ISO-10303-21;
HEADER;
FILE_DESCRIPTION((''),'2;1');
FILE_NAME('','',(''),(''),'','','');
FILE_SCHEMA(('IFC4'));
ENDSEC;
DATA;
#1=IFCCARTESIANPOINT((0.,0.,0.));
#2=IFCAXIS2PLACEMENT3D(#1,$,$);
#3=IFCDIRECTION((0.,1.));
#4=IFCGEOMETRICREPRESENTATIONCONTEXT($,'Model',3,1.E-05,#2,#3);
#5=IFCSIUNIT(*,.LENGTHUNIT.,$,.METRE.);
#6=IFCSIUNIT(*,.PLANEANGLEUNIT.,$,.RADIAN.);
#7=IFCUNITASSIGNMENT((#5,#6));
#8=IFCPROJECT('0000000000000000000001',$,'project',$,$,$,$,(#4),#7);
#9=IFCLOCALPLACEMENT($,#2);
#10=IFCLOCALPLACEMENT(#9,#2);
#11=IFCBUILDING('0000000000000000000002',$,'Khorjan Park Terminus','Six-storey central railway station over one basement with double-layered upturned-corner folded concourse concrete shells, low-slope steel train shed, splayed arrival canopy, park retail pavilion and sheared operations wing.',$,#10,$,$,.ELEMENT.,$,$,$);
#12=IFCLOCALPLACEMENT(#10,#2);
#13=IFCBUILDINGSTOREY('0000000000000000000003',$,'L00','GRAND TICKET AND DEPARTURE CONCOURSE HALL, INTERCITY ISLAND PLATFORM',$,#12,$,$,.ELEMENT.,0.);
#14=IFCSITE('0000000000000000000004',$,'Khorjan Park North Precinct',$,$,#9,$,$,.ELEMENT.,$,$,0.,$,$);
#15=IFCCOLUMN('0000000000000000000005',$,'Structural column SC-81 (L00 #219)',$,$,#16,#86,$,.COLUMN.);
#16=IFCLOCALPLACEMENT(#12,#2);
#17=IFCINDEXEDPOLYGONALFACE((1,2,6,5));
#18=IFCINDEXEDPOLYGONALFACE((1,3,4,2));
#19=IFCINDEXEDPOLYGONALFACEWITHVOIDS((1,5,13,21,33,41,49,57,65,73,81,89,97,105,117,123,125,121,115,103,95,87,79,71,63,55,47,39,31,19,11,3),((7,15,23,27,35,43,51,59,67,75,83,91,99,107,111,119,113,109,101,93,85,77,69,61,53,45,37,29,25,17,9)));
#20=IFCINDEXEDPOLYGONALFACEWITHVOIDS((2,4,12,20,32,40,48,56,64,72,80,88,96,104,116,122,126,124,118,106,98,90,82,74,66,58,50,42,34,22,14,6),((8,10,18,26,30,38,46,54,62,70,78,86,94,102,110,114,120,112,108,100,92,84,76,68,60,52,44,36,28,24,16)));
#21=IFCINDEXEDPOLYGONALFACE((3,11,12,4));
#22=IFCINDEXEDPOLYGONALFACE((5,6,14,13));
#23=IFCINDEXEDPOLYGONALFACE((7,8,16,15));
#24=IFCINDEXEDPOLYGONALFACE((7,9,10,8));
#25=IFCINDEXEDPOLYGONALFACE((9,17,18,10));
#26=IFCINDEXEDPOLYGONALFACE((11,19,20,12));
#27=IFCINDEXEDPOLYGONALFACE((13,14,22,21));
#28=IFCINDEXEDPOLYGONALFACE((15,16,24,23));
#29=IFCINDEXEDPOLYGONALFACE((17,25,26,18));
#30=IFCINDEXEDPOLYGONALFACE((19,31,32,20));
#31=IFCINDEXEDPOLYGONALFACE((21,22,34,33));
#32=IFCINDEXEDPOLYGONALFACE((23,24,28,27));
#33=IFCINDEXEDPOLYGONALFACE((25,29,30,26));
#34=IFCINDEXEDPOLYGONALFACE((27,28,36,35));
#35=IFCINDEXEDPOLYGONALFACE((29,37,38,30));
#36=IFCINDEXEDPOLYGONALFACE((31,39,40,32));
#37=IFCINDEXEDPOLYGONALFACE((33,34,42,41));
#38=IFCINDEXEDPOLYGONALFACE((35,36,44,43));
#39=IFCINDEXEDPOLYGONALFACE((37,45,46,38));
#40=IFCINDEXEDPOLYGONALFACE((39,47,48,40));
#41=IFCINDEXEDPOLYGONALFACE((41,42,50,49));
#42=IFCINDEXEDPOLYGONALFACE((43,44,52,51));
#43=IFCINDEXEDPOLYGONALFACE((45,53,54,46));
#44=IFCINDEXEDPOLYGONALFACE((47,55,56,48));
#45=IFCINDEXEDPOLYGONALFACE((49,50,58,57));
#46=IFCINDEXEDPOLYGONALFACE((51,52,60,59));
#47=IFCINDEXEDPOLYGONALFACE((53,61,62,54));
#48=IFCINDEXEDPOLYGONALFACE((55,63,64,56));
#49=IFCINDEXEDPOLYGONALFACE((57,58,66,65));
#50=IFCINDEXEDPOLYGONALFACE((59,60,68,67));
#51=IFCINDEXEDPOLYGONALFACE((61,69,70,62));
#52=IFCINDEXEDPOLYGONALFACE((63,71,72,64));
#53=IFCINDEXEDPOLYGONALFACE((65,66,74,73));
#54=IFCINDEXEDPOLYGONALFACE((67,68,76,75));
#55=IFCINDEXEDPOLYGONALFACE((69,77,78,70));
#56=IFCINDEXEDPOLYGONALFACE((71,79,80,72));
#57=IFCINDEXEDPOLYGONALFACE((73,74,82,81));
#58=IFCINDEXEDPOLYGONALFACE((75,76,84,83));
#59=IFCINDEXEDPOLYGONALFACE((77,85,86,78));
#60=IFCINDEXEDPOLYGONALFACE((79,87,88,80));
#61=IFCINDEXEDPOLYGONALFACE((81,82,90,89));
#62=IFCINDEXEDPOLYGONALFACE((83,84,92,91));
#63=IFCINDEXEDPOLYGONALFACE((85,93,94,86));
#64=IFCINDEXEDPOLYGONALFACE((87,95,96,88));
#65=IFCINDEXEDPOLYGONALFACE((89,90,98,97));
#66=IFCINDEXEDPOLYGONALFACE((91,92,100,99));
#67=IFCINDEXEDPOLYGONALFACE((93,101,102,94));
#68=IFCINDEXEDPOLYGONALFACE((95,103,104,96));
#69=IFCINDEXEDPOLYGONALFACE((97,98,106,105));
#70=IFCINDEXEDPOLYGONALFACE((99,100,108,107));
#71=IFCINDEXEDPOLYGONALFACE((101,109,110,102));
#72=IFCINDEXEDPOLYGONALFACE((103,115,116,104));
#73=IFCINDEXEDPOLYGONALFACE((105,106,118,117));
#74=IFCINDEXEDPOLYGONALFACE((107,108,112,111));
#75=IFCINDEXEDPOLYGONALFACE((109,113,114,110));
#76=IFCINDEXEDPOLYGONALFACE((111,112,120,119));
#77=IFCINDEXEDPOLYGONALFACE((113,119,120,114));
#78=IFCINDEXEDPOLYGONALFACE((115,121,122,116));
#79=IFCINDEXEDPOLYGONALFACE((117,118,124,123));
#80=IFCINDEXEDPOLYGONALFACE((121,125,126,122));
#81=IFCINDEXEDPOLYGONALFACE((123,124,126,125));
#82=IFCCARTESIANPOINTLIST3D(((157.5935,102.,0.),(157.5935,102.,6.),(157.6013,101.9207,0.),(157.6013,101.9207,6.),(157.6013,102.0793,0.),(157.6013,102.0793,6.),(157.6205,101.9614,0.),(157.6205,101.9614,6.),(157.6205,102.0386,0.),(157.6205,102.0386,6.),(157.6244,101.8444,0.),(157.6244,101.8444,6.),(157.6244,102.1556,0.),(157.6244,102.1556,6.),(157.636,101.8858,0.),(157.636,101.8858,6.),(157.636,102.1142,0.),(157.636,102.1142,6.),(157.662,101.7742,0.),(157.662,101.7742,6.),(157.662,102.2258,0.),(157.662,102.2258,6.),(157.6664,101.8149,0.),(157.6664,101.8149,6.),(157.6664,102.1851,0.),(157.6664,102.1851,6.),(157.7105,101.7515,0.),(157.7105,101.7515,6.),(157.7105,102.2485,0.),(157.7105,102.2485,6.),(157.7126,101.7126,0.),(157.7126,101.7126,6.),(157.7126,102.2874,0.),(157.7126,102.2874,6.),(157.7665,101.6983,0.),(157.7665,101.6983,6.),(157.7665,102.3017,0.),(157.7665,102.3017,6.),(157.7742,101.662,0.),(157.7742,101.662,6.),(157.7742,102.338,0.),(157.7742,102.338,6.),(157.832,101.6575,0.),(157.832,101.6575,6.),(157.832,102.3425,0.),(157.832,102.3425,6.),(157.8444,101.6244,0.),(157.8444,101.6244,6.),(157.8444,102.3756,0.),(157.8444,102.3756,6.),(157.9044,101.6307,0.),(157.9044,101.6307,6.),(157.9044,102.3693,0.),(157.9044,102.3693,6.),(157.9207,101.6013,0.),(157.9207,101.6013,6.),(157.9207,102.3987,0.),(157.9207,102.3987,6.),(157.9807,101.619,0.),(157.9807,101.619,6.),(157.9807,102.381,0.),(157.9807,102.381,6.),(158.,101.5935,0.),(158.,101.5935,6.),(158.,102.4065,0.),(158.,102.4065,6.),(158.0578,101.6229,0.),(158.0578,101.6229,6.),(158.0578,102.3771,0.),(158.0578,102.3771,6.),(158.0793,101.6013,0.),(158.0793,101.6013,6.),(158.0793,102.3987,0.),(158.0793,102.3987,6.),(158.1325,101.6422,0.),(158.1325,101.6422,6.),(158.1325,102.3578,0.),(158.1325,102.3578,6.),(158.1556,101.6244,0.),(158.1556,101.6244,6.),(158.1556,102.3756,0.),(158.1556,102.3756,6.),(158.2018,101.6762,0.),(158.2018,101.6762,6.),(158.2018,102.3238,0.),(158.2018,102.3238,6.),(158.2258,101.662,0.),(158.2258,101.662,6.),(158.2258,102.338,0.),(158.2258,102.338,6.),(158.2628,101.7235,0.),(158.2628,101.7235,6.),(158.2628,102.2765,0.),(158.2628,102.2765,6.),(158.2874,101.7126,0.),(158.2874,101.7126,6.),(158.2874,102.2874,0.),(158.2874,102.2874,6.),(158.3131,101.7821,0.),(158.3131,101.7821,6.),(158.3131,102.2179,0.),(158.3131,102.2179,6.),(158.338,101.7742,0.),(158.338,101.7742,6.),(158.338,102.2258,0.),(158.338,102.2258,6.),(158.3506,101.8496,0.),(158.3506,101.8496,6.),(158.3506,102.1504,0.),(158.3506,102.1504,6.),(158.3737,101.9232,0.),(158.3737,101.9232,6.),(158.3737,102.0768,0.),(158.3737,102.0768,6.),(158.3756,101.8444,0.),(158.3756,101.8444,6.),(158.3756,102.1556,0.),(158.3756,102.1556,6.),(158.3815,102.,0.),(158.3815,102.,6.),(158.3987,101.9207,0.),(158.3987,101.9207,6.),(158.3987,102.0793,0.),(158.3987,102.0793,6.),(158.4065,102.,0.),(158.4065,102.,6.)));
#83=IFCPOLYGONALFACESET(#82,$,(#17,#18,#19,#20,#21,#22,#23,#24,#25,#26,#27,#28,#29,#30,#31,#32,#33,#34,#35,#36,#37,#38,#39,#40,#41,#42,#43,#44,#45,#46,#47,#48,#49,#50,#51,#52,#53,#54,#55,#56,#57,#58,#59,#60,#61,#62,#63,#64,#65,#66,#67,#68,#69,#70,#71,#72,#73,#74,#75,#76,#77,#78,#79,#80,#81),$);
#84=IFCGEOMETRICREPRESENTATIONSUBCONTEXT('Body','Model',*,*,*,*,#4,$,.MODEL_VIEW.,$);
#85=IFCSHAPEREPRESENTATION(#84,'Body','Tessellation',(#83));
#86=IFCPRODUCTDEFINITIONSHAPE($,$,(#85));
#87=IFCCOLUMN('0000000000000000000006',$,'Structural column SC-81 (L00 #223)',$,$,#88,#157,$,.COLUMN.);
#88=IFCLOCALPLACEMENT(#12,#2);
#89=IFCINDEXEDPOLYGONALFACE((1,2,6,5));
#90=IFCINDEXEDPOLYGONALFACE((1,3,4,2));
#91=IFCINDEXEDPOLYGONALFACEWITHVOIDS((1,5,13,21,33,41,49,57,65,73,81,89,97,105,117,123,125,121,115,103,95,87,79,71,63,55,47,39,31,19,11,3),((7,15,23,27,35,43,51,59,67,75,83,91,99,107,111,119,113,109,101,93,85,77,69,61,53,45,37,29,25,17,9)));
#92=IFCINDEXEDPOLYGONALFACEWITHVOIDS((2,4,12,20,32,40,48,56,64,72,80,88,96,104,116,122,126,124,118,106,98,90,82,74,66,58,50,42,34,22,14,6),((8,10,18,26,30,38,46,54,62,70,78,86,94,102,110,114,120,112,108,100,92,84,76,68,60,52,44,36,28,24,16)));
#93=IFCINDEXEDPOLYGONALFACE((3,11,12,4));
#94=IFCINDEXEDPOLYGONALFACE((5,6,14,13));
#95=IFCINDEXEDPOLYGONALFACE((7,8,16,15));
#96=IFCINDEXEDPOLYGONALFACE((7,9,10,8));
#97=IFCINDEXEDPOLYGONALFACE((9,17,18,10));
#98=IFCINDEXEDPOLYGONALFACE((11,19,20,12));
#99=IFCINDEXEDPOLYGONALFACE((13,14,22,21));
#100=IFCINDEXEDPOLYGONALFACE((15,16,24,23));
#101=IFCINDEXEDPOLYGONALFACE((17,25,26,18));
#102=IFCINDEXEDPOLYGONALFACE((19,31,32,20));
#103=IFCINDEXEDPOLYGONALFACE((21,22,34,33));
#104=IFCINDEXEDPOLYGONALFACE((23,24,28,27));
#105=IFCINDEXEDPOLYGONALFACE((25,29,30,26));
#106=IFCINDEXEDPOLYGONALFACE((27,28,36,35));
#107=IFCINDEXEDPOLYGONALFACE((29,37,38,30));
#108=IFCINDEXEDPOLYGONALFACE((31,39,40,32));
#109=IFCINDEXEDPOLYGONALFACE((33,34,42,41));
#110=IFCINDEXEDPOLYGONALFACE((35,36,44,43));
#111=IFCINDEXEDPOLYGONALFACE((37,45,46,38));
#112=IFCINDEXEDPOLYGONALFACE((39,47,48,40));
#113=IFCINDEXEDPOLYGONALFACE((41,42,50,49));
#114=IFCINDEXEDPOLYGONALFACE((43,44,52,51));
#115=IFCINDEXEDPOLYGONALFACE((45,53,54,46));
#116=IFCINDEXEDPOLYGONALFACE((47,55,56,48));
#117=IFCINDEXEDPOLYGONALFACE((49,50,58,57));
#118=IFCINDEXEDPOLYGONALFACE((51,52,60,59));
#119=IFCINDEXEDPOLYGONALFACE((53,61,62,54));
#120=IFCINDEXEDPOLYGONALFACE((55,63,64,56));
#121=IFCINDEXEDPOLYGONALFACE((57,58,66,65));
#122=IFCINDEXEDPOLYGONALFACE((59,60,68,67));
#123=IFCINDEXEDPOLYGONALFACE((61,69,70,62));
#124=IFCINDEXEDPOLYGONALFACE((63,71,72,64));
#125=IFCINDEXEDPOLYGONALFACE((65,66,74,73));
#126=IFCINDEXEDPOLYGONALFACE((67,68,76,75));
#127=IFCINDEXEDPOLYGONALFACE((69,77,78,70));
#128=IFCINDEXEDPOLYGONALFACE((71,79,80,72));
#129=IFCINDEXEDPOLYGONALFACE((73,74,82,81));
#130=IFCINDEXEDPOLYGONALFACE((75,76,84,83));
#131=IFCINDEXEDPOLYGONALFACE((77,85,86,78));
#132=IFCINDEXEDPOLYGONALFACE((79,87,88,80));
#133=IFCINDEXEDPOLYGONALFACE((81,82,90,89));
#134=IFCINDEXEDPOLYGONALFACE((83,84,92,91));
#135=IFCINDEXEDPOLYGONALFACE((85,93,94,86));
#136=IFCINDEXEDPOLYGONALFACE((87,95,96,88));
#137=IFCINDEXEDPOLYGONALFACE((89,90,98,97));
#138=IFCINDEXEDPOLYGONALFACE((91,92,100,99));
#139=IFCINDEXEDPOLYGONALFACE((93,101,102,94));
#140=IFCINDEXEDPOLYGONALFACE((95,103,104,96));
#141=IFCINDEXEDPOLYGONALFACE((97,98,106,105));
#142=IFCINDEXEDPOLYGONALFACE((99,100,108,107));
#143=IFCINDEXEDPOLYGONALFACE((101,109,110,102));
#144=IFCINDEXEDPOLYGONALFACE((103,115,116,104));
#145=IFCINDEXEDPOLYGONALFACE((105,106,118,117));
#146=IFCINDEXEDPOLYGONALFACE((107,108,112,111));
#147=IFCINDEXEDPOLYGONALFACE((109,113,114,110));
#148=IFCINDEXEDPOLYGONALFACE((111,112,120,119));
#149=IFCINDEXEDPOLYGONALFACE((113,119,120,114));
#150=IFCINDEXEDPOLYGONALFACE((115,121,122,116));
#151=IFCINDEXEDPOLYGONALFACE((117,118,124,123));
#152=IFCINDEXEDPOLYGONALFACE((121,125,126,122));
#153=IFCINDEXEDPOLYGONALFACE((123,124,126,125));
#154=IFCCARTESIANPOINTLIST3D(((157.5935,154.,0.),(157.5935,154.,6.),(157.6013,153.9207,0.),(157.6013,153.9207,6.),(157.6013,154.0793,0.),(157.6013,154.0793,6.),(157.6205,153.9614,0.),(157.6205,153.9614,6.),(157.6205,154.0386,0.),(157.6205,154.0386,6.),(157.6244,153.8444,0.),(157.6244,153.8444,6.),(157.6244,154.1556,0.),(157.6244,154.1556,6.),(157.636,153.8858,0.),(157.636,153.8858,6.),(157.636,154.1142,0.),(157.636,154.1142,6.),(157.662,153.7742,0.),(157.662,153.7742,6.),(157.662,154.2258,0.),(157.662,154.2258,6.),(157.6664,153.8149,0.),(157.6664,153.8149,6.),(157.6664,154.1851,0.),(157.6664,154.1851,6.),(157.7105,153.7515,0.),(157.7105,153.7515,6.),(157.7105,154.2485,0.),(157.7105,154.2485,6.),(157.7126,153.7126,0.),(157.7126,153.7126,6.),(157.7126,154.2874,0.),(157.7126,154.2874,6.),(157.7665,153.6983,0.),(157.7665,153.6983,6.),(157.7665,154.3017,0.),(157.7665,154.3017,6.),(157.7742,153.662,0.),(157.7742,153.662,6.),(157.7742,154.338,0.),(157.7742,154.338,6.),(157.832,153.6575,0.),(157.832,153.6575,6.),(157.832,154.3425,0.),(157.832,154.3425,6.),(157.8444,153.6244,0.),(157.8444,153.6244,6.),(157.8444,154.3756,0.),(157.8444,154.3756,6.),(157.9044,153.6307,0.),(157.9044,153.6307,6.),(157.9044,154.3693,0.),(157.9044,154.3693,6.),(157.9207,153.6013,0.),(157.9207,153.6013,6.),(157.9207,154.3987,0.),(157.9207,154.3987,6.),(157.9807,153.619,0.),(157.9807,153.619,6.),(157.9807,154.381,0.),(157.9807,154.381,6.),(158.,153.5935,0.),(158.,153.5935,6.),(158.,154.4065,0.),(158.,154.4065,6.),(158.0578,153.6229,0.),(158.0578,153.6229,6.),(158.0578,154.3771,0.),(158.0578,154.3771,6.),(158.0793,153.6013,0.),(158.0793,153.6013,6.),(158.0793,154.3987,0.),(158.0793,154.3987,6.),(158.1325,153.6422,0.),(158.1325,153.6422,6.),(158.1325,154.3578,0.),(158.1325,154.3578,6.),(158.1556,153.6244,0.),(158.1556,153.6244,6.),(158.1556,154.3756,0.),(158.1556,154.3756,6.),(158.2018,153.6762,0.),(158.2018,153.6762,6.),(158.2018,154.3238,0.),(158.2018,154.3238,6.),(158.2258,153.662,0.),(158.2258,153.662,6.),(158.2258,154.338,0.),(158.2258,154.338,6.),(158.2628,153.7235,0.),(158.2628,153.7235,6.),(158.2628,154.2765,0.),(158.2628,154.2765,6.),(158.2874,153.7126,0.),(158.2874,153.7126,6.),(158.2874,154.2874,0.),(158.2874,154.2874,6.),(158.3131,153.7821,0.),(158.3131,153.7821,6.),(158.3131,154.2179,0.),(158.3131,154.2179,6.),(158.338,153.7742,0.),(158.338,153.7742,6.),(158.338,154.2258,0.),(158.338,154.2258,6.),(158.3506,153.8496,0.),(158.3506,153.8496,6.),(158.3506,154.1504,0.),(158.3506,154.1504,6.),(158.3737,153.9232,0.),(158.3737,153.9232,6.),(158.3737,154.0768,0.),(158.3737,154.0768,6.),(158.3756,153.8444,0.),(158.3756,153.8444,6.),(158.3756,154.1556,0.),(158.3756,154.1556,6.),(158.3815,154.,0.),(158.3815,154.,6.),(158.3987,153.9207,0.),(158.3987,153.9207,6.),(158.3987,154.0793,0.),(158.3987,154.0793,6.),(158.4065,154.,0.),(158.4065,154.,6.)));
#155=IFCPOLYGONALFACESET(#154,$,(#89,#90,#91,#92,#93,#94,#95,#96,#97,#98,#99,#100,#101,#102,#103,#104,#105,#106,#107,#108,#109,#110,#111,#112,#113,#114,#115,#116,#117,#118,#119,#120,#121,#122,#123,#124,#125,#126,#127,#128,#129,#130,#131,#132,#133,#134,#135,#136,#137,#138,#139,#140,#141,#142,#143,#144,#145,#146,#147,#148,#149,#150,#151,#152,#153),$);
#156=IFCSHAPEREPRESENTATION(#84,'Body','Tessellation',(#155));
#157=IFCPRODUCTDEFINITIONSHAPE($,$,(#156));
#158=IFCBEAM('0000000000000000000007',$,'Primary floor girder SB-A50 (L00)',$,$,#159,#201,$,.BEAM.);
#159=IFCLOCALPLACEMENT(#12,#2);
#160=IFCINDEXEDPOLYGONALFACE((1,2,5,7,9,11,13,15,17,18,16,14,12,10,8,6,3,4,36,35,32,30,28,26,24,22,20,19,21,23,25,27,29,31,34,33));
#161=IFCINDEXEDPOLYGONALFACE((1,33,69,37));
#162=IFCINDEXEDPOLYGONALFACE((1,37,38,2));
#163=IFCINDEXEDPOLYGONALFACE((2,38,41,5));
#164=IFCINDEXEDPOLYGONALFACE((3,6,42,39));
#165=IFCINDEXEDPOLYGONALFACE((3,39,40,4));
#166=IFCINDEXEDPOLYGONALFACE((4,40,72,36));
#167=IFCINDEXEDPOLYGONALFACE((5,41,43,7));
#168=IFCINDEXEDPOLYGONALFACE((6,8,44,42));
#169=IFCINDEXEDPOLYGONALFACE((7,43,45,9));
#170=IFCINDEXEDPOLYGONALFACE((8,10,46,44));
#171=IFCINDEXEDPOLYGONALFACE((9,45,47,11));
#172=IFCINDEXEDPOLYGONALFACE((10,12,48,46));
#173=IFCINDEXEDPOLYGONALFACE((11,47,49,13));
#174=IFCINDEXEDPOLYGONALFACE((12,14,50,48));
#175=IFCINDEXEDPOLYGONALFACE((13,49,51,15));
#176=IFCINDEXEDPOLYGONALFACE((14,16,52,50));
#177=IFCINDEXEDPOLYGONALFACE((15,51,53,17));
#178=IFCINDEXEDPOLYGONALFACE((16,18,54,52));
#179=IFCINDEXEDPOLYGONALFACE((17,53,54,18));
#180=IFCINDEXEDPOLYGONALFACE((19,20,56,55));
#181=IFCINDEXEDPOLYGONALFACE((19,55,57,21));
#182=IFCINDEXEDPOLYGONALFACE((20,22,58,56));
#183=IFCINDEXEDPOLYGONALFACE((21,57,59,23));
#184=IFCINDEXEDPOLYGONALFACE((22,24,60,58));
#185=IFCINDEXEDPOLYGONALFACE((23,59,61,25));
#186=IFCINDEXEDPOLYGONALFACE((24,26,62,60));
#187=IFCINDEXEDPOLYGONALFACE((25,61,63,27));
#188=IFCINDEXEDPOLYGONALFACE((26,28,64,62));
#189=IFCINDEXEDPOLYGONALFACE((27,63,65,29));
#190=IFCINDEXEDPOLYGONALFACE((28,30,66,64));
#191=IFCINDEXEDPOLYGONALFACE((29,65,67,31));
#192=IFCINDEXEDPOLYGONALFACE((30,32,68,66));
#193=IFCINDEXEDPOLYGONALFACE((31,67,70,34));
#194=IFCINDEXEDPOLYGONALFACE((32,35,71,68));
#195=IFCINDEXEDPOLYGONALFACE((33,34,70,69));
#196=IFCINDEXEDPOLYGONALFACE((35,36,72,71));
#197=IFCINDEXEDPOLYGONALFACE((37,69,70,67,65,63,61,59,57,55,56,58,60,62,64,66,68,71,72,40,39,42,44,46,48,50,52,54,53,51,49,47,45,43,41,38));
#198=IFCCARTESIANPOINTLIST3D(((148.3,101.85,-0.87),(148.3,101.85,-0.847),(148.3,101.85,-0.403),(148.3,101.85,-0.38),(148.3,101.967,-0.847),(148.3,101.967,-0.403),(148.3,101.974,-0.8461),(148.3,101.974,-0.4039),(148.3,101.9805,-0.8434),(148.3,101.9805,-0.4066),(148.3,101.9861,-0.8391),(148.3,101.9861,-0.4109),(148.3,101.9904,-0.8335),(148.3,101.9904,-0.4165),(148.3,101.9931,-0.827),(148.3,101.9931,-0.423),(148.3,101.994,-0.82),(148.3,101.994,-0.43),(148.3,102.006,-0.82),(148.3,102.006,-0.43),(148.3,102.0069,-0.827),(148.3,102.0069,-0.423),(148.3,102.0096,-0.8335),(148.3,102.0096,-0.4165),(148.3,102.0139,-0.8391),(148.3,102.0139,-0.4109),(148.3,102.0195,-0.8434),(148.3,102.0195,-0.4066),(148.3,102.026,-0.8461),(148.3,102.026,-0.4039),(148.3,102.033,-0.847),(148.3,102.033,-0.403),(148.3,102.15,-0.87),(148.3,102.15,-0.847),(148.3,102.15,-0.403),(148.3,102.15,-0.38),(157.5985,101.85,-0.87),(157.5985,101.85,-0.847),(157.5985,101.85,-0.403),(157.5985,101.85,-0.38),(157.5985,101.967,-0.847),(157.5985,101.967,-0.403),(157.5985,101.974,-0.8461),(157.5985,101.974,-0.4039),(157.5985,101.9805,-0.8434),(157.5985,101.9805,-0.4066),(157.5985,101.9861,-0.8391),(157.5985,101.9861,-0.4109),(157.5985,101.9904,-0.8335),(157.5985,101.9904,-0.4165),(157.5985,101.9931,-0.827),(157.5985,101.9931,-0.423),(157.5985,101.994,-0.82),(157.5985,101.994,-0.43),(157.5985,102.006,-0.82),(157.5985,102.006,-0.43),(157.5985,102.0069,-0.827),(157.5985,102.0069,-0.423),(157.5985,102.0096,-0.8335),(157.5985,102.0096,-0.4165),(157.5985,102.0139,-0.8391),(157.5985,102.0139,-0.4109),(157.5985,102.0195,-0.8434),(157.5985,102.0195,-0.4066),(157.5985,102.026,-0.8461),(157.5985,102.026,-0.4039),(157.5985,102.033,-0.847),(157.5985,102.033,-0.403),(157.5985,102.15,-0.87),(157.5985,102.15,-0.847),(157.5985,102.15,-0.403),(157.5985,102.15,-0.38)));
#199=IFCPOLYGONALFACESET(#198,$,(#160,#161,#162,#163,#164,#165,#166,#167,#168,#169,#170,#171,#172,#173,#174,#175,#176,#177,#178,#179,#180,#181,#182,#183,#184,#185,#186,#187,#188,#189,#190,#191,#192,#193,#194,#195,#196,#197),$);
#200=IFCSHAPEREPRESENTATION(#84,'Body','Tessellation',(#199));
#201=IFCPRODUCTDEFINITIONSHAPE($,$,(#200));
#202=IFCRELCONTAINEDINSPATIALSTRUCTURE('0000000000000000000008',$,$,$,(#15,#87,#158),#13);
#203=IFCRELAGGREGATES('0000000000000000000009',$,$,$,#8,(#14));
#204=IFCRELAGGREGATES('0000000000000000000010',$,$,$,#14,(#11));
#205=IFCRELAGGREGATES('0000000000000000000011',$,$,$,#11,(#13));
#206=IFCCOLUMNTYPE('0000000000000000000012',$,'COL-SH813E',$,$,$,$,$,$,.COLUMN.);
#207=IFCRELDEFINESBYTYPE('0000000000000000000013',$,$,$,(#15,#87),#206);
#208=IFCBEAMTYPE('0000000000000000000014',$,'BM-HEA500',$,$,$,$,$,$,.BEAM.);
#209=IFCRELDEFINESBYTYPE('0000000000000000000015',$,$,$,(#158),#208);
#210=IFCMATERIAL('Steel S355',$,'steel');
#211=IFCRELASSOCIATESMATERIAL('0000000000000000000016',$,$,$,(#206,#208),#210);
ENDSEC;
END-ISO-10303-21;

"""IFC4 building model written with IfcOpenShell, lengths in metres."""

from ifc_helpers import new_model, si_unit, direction, frame, origin, origin_2d, place, context, subcontext, project, spatial, hollow_circle, i_section, extrude, material, material_profile, profile_set, type_object, element, save


model = new_model("IFC4")

# Units and contexts
model_context = context("Model", 3, precision=1e-05, world=origin(), true_north=direction((0.0, 1.0)))
body_context = subcontext(model_context, "Body", "Model", "MODEL_VIEW")
ifc_project = project(units=[si_unit("LENGTHUNIT", "METRE"), si_unit("PLANEANGLEUNIT", "RADIAN")], contexts=[model_context])

# Site, building, storey
site_placement = place(None, origin())
site = spatial("IfcSite", under=ifc_project, at=site_placement, Name="Khorjan Park North Precinct", CompositionType="ELEMENT", RefElevation=0.0)
building_placement = place(site_placement, origin())
building = spatial("IfcBuilding", under=site, at=building_placement, Name="Khorjan Park Terminus", Description="Six-storey central railway station over one basement with double-layered upturned-corner folded concourse concrete shells, low-slope steel train shed, splayed arrival canopy, park retail pavilion and sheared operations wing.", CompositionType="ELEMENT")
storey_placement = place(building_placement, origin())
storey = spatial("IfcBuildingStorey", under=building, at=storey_placement, Name="L00", Description="GRAND TICKET AND DEPARTURE CONCOURSE HALL, INTERCITY ISLAND PLATFORM", CompositionType="ELEMENT", Elevation=0.0)

# Columns
ifc_material_1 = material(Name="Steel S355", Category="steel")
ifc_material_profile_1 = material_profile(ifc_material_1, hollow_circle(Radius=0.4065, WallThickness=0.025, at=origin_2d()), Name="CHS 813x25")
ifc_profile_set_1 = profile_set([ifc_material_profile_1], Name="Steel S355")
column_type_1 = type_object("IfcColumnType", Name="COL-SH813E", PredefinedType="COLUMN", material=ifc_profile_set_1)
for number, where, z_axis, x_axis, name in (
    (1, (158.0, 102.0, 0.0), (0.0, 0.0, 1.0), (1.0, 0.0, 0.0), "Structural column SC-81 (L00 #219)"),
    (2, (158.0, 154.0, 0.0), (0.0, 0.0, 1.0), (1.0, 0.0, 0.0), "Structural column SC-81 (L00 #223)"),
):
    element("IfcColumn", number, at=place(storey_placement, frame(where, z_axis=z_axis, x_axis=x_axis)), inside=storey, type_object=column_type_1, Name=name, PredefinedType="COLUMN", context=body_context, shape_type="SweptSolid", body=[
        extrude(hollow_circle(Radius=0.4065, WallThickness=0.025, at=origin_2d()), origin(), (0.0, 0.0, 1.0), 6.0),
    ])

# Beam
ifc_material_profile_2 = material_profile(ifc_material_1, i_section(OverallWidth=0.3, OverallDepth=0.49, WebThickness=0.012, FlangeThickness=0.023, FilletRadius=0.027, at=origin_2d()), Name="HEA 500")
ifc_profile_set_2 = profile_set([ifc_material_profile_2], Name="Steel S355")
beam_type_1 = type_object("IfcBeamType", Name="BM-HEA500", PredefinedType="BEAM", material=ifc_profile_set_2)
beam_1_placement = place(storey_placement, frame((148.3, 102.0, -0.625), z_axis=(1.0, 0.0, 0.0), x_axis=(0.0, 1.0, 0.0)))
element("IfcBeam", 3, at=beam_1_placement, inside=storey, type_object=beam_type_1, Name="Primary floor girder SB-A50 (L00)", PredefinedType="BEAM", context=body_context, shape_type="SweptSolid", body=[
    extrude(i_section(OverallWidth=0.3, OverallDepth=0.49, WebThickness=0.012, FlangeThickness=0.023, FilletRadius=0.027, at=origin_2d()), origin(), (0.0, 0.0, 1.0), 9.2985),
])

save(model, "model.ifc")
